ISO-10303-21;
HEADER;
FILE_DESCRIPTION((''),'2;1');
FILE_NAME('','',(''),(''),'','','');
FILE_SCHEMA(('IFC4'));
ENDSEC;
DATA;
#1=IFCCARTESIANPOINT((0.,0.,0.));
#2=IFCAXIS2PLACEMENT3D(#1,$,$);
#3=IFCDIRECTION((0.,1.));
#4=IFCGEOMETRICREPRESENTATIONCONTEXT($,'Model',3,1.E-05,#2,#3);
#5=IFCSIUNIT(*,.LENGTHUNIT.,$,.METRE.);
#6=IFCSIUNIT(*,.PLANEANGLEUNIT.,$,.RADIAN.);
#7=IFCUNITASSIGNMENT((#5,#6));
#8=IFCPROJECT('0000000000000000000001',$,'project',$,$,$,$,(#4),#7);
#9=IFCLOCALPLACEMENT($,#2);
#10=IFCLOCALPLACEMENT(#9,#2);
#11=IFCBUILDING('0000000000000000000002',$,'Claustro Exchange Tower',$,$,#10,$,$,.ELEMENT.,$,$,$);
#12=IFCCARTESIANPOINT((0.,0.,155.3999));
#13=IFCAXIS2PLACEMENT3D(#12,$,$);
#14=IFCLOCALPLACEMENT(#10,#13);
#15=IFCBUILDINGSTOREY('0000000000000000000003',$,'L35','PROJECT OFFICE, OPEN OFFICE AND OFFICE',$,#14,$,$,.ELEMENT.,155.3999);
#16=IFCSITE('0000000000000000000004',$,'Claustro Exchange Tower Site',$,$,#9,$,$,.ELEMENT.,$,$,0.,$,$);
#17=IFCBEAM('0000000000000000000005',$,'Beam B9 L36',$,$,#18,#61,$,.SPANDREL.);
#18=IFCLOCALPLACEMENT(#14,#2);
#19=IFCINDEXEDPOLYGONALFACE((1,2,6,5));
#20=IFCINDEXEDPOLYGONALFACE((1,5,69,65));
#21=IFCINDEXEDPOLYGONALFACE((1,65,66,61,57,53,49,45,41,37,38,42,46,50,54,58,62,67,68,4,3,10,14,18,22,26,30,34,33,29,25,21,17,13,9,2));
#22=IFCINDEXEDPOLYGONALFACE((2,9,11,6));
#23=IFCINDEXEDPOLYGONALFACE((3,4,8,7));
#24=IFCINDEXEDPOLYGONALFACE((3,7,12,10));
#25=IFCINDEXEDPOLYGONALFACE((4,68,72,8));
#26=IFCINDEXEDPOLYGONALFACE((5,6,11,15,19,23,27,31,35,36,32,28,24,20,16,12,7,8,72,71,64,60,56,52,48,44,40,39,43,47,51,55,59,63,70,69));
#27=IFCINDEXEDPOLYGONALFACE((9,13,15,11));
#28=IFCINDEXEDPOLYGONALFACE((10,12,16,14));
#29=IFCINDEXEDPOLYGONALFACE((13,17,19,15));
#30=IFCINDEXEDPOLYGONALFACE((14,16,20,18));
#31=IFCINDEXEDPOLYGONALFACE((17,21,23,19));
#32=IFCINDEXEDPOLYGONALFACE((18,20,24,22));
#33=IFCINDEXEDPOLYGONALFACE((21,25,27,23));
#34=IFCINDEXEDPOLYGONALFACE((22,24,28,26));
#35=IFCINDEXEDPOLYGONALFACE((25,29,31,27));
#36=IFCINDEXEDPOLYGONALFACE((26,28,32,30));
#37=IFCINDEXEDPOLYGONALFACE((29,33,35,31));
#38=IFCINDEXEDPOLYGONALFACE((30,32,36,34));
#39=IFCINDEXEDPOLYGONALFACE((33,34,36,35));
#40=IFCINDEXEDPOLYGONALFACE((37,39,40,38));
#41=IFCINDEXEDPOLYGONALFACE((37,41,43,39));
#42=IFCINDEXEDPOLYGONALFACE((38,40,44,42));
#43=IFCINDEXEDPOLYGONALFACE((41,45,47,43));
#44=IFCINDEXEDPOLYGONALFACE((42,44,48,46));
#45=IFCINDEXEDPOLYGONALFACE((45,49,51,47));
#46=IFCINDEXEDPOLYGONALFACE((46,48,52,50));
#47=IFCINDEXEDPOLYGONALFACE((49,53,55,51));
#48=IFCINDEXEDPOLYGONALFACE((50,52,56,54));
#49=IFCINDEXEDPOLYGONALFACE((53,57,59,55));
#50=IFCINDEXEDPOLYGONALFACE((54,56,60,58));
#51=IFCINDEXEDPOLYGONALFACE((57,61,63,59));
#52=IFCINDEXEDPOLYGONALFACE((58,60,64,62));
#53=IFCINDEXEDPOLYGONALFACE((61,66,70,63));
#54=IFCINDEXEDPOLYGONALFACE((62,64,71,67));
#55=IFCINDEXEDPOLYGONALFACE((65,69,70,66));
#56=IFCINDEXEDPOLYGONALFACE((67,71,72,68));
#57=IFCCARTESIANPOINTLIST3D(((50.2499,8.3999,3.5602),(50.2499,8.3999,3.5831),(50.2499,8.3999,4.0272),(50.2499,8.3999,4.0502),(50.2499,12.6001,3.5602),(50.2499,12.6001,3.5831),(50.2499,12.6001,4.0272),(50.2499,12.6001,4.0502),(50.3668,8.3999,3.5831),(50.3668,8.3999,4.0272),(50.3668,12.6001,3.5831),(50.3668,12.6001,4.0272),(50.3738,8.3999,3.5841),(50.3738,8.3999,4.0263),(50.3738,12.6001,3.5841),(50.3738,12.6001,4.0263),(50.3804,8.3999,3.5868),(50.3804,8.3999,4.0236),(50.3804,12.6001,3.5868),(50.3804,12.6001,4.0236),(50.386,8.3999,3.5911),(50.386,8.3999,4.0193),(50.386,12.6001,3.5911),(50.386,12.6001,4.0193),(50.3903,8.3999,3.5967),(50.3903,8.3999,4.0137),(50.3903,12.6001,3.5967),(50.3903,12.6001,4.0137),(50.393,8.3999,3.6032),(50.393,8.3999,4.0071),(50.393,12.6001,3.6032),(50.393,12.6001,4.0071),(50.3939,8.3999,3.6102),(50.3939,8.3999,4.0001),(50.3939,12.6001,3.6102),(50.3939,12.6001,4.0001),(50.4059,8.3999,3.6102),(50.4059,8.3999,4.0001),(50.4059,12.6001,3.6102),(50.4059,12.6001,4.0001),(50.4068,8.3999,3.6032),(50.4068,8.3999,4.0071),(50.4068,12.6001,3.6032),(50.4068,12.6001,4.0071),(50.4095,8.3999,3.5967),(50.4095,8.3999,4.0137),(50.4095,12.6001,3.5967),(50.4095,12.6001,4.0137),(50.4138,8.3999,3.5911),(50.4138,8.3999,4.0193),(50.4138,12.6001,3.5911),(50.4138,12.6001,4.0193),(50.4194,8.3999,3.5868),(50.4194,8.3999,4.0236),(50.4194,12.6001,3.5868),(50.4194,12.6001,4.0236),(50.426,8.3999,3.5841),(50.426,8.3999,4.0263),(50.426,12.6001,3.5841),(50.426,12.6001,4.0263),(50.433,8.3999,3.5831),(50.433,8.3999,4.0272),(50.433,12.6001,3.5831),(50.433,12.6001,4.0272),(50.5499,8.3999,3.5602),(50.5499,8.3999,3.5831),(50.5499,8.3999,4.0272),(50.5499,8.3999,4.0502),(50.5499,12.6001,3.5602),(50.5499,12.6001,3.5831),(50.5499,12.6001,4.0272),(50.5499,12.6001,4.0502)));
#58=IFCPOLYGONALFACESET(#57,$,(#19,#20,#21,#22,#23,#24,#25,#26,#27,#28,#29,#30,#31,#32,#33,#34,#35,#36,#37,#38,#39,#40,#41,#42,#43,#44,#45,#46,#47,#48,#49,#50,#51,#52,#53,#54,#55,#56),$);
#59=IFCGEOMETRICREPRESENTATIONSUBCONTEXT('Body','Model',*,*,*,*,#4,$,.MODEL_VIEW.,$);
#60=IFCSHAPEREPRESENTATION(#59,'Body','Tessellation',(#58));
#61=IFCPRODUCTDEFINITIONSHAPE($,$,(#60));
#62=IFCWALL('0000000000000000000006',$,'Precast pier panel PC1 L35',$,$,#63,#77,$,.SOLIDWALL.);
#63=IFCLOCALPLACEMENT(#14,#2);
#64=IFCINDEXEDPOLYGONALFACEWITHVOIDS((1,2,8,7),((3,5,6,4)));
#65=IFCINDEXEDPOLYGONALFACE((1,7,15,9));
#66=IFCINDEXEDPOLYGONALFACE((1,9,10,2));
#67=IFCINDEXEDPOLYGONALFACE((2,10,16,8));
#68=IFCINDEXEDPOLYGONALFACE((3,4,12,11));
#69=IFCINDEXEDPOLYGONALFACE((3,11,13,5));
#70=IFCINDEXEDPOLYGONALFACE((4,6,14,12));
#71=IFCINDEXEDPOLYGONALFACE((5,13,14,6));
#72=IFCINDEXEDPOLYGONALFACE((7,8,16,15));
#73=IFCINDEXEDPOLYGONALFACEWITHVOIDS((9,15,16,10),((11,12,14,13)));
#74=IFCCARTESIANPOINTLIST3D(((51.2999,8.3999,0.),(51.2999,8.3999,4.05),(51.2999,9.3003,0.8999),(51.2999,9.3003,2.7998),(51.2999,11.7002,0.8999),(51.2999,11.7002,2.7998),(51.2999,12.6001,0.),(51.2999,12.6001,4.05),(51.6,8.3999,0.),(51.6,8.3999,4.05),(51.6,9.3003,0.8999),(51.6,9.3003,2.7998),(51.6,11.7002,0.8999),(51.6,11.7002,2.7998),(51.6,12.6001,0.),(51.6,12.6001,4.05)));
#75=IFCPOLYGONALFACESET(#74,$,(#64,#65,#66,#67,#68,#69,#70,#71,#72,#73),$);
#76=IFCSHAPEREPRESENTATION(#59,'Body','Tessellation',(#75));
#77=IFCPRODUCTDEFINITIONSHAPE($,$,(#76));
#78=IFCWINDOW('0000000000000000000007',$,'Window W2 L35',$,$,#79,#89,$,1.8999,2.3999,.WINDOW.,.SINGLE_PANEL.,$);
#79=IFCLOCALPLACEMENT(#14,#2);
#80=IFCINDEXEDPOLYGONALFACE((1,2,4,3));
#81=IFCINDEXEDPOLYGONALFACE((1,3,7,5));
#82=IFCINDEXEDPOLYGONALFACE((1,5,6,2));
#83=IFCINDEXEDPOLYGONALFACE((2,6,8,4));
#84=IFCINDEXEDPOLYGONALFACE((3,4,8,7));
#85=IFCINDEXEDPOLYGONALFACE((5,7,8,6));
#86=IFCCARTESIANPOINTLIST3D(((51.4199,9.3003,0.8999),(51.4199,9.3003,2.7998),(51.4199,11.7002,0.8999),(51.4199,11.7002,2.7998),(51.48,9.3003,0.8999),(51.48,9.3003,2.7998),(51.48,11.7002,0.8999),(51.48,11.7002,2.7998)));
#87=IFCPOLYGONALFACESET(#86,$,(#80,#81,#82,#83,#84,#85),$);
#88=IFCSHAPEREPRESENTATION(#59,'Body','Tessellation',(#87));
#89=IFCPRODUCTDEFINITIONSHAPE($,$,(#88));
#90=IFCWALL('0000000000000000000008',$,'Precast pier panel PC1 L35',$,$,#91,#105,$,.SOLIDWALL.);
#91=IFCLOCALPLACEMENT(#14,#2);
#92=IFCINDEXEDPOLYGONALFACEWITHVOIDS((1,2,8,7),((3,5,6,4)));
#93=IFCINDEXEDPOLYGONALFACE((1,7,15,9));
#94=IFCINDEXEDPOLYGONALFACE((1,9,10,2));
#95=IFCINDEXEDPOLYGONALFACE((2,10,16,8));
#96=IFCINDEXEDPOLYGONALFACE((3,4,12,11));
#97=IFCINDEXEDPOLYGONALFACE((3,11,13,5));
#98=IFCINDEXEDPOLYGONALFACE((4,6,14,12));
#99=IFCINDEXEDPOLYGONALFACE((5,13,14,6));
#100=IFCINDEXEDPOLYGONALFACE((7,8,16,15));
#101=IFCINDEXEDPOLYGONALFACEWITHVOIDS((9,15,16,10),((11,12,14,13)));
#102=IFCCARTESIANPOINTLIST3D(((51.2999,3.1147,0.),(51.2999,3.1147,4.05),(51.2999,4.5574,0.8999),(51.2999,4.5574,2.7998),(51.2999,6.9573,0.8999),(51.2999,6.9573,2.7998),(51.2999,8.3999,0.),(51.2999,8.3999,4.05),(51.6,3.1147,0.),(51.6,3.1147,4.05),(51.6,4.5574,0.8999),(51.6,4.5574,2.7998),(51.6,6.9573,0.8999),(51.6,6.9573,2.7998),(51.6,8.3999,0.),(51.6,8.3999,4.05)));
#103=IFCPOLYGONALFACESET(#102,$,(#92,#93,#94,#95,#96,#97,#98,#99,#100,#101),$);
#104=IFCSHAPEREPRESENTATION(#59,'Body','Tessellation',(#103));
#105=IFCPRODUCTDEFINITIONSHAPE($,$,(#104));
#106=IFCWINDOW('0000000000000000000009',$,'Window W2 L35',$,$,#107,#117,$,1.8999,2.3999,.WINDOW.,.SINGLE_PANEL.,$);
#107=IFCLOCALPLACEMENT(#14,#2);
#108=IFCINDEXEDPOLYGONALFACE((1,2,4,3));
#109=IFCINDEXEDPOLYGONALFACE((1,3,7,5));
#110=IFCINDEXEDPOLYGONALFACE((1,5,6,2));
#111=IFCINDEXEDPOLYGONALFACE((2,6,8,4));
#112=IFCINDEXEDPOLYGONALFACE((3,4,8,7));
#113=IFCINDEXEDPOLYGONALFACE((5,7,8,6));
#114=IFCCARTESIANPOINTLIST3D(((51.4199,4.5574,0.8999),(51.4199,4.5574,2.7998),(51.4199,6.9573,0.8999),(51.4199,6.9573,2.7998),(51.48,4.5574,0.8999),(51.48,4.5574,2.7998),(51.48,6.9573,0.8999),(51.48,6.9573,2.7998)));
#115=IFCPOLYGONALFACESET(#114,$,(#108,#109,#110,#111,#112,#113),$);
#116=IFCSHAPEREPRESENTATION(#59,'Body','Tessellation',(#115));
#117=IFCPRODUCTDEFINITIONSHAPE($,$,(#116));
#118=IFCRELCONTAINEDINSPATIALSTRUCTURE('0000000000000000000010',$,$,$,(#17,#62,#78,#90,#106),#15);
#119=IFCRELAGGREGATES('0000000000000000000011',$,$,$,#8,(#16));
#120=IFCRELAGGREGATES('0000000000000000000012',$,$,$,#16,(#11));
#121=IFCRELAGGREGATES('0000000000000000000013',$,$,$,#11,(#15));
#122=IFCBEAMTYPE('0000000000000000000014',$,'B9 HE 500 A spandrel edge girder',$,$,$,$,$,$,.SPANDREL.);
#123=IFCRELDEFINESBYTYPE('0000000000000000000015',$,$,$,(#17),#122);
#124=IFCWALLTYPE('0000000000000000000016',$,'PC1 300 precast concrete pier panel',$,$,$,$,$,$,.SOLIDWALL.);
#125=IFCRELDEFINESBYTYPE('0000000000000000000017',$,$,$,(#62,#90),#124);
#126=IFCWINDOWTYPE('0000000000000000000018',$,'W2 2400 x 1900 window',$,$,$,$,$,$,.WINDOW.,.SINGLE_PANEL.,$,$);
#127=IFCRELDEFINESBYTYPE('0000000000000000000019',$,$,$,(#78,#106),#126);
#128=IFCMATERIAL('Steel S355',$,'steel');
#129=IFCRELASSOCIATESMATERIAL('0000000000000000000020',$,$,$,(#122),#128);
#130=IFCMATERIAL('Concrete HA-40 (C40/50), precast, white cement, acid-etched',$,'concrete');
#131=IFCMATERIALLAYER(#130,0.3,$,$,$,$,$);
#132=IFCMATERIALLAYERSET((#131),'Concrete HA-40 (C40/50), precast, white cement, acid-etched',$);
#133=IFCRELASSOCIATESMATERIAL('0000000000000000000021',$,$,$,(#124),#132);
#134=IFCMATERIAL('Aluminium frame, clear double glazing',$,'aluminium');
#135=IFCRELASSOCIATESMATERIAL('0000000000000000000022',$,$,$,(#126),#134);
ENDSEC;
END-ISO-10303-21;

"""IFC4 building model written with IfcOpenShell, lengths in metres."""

from ifc_helpers import new_model, si_unit, direction, frame, frame_2d, origin, origin_2d, place, context, subcontext, project, spatial, rectangle, i_section, extrude, material, layer, layer_set, material_profile, profile_set, type_object, element, fill, save


model = new_model("IFC4")

# Units and contexts
model_context = context("Model", 3, precision=1e-05, world=origin(), true_north=direction((0.0, 1.0)))
body_context = subcontext(model_context, "Body", "Model", "MODEL_VIEW")
ifc_project = project(units=[si_unit("LENGTHUNIT", "METRE"), si_unit("PLANEANGLEUNIT", "RADIAN")], contexts=[model_context])

# Site, building, storey
site_placement = place(None, origin())
site = spatial("IfcSite", under=ifc_project, at=site_placement, Name="Claustro Exchange Tower Site", CompositionType="ELEMENT", RefElevation=0.0)
building_placement = place(site_placement, origin())
building = spatial("IfcBuilding", under=site, at=building_placement, Name="Claustro Exchange Tower", CompositionType="ELEMENT")
storey_placement = place(building_placement, frame((0.0, 0.0, 155.3999)))
storey = spatial("IfcBuildingStorey", under=building, at=storey_placement, Name="L35", Description="PROJECT OFFICE, OPEN OFFICE AND OFFICE", CompositionType="ELEMENT", Elevation=155.3999)

# Beam
ifc_material_1 = material(Name="Steel S355", Category="steel")
ifc_material_profile_1 = material_profile(ifc_material_1, i_section(OverallWidth=0.3, OverallDepth=0.49, WebThickness=0.012, FlangeThickness=0.0229, FilletRadius=0.0271, at=origin_2d()), Name="HE 500 A")
ifc_profile_set_1 = profile_set([ifc_material_profile_1], Name="Steel S355")
beam_type_1 = type_object("IfcBeamType", Name="B9 HE 500 A spandrel edge girder", PredefinedType="SPANDREL", material=ifc_profile_set_1)
beam_1_placement = place(storey_placement, frame((50.3999, 8.3999, 3.8052), z_axis=(0.0, 1.0, 0.0), x_axis=(-1.0, 0.0, 0.0)))
element("IfcBeam", 1, at=beam_1_placement, inside=storey, type_object=beam_type_1, Name="Beam B9 L36", PredefinedType="SPANDREL", context=body_context, shape_type="SweptSolid", body=[
    extrude(i_section(OverallWidth=0.3, OverallDepth=0.49, WebThickness=0.012, FlangeThickness=0.0229, FilletRadius=0.0271, at=origin_2d()), origin(), (0.0, 0.0, 1.0), 4.2002),
])

# Walls, openings, windows
ifc_material_2 = material(Name="Concrete HA-40 (C40/50), precast, white cement, acid-etched", Category="concrete")
ifc_layer_1 = layer(ifc_material_2, 0.3)
ifc_layer_set_1 = layer_set([ifc_layer_1], Name="Concrete HA-40 (C40/50), precast, white cement, acid-etched")
wall_type_1 = type_object("IfcWallType", Name="PC1 300 precast concrete pier panel", PredefinedType="SOLIDWALL", material=ifc_layer_set_1)
wall_1_placement = place(storey_placement, frame((51.45, 12.6001, 0.0), z_axis=(0.0, 0.0, 1.0), x_axis=(0.0, -1.0, 0.0)))
wall_1 = element("IfcWall", 2, at=wall_1_placement, inside=storey, type_object=wall_type_1, Name="Precast pier panel PC1 L35", PredefinedType="SOLIDWALL", context=body_context, shape_type="SweptSolid", body=[
    extrude(rectangle(XDim=4.2002, YDim=0.3, at=frame_2d((2.1001, 0.0))), origin(), (0.0, 0.0, 1.0), 4.05),
])
opening_1_placement = place(wall_1_placement, frame((0.8999, 0.0, 0.8999)))
opening_1 = element("IfcOpeningElement", 3, at=opening_1_placement, cuts=wall_1, PredefinedType="OPENING", context=body_context, shape_type="SweptSolid", body=[
    extrude(rectangle(XDim=2.3999, YDim=1.8999, at=frame_2d((1.2, 0.95))), frame((0.0, 0.1599, 0.0), z_axis=(0.0, -1.0, 0.0), x_axis=(1.0, 0.0, 0.0)), (0.0, 0.0, 1.0), 0.3201),
])
ifc_material_3 = material(Name="Aluminium frame, clear double glazing", Category="aluminium")
window_type = type_object("IfcWindowType", Name="W2 2400 x 1900 window", PartitioningType="SINGLE_PANEL", PredefinedType="WINDOW", material=ifc_material_3)
window_1_placement = place(opening_1_placement, origin())
window_1 = element("IfcWindow", 4, at=window_1_placement, inside=storey, type_object=window_type, Name="Window W2 L35", OverallHeight=1.8999, OverallWidth=2.3999, PartitioningType="SINGLE_PANEL", PredefinedType="WINDOW", context=body_context, shape_type="SweptSolid", body=[
    extrude(rectangle(XDim=2.3999, YDim=1.8999, at=frame_2d((1.2, 0.95))), frame((0.0, 0.03, 0.0), z_axis=(0.0, -1.0, 0.0), x_axis=(1.0, 0.0, 0.0)), (0.0, 0.0, 1.0), 0.0601),
])
fill(opening_1, window_1)
wall_2_placement = place(storey_placement, frame((51.45, 8.3999, 0.0), z_axis=(0.0, 0.0, 1.0), x_axis=(0.0, -1.0, 0.0)))
wall_2 = element("IfcWall", 5, at=wall_2_placement, inside=storey, type_object=wall_type_1, Name="Precast pier panel PC1 L35", PredefinedType="SOLIDWALL", context=body_context, shape_type="SweptSolid", body=[
    extrude(rectangle(XDim=5.2852, YDim=0.3, at=frame_2d((2.6426, 0.0))), origin(), (0.0, 0.0, 1.0), 4.05),
])
opening_2_placement = place(wall_2_placement, frame((1.4426, 0.0, 0.8999)))
opening_2 = element("IfcOpeningElement", 6, at=opening_2_placement, cuts=wall_2, PredefinedType="OPENING", context=body_context, shape_type="SweptSolid", body=[
    extrude(rectangle(XDim=2.3999, YDim=1.8999, at=frame_2d((1.2, 0.95))), frame((0.0, 0.1599, 0.0), z_axis=(0.0, -1.0, 0.0), x_axis=(1.0, 0.0, 0.0)), (0.0, 0.0, 1.0), 0.3201),
])
window_2_placement = place(opening_2_placement, origin())
window_2 = element("IfcWindow", 7, at=window_2_placement, inside=storey, type_object=window_type, Name="Window W2 L35", OverallHeight=1.8999, OverallWidth=2.3999, PartitioningType="SINGLE_PANEL", PredefinedType="WINDOW", context=body_context, shape_type="SweptSolid", body=[
    extrude(rectangle(XDim=2.3999, YDim=1.8999, at=frame_2d((1.2, 0.95))), frame((0.0, 0.03, 0.0), z_axis=(0.0, -1.0, 0.0), x_axis=(1.0, 0.0, 0.0)), (0.0, 0.0, 1.0), 0.0601),
])
fill(opening_2, window_2)

save(model, "model.ifc")
